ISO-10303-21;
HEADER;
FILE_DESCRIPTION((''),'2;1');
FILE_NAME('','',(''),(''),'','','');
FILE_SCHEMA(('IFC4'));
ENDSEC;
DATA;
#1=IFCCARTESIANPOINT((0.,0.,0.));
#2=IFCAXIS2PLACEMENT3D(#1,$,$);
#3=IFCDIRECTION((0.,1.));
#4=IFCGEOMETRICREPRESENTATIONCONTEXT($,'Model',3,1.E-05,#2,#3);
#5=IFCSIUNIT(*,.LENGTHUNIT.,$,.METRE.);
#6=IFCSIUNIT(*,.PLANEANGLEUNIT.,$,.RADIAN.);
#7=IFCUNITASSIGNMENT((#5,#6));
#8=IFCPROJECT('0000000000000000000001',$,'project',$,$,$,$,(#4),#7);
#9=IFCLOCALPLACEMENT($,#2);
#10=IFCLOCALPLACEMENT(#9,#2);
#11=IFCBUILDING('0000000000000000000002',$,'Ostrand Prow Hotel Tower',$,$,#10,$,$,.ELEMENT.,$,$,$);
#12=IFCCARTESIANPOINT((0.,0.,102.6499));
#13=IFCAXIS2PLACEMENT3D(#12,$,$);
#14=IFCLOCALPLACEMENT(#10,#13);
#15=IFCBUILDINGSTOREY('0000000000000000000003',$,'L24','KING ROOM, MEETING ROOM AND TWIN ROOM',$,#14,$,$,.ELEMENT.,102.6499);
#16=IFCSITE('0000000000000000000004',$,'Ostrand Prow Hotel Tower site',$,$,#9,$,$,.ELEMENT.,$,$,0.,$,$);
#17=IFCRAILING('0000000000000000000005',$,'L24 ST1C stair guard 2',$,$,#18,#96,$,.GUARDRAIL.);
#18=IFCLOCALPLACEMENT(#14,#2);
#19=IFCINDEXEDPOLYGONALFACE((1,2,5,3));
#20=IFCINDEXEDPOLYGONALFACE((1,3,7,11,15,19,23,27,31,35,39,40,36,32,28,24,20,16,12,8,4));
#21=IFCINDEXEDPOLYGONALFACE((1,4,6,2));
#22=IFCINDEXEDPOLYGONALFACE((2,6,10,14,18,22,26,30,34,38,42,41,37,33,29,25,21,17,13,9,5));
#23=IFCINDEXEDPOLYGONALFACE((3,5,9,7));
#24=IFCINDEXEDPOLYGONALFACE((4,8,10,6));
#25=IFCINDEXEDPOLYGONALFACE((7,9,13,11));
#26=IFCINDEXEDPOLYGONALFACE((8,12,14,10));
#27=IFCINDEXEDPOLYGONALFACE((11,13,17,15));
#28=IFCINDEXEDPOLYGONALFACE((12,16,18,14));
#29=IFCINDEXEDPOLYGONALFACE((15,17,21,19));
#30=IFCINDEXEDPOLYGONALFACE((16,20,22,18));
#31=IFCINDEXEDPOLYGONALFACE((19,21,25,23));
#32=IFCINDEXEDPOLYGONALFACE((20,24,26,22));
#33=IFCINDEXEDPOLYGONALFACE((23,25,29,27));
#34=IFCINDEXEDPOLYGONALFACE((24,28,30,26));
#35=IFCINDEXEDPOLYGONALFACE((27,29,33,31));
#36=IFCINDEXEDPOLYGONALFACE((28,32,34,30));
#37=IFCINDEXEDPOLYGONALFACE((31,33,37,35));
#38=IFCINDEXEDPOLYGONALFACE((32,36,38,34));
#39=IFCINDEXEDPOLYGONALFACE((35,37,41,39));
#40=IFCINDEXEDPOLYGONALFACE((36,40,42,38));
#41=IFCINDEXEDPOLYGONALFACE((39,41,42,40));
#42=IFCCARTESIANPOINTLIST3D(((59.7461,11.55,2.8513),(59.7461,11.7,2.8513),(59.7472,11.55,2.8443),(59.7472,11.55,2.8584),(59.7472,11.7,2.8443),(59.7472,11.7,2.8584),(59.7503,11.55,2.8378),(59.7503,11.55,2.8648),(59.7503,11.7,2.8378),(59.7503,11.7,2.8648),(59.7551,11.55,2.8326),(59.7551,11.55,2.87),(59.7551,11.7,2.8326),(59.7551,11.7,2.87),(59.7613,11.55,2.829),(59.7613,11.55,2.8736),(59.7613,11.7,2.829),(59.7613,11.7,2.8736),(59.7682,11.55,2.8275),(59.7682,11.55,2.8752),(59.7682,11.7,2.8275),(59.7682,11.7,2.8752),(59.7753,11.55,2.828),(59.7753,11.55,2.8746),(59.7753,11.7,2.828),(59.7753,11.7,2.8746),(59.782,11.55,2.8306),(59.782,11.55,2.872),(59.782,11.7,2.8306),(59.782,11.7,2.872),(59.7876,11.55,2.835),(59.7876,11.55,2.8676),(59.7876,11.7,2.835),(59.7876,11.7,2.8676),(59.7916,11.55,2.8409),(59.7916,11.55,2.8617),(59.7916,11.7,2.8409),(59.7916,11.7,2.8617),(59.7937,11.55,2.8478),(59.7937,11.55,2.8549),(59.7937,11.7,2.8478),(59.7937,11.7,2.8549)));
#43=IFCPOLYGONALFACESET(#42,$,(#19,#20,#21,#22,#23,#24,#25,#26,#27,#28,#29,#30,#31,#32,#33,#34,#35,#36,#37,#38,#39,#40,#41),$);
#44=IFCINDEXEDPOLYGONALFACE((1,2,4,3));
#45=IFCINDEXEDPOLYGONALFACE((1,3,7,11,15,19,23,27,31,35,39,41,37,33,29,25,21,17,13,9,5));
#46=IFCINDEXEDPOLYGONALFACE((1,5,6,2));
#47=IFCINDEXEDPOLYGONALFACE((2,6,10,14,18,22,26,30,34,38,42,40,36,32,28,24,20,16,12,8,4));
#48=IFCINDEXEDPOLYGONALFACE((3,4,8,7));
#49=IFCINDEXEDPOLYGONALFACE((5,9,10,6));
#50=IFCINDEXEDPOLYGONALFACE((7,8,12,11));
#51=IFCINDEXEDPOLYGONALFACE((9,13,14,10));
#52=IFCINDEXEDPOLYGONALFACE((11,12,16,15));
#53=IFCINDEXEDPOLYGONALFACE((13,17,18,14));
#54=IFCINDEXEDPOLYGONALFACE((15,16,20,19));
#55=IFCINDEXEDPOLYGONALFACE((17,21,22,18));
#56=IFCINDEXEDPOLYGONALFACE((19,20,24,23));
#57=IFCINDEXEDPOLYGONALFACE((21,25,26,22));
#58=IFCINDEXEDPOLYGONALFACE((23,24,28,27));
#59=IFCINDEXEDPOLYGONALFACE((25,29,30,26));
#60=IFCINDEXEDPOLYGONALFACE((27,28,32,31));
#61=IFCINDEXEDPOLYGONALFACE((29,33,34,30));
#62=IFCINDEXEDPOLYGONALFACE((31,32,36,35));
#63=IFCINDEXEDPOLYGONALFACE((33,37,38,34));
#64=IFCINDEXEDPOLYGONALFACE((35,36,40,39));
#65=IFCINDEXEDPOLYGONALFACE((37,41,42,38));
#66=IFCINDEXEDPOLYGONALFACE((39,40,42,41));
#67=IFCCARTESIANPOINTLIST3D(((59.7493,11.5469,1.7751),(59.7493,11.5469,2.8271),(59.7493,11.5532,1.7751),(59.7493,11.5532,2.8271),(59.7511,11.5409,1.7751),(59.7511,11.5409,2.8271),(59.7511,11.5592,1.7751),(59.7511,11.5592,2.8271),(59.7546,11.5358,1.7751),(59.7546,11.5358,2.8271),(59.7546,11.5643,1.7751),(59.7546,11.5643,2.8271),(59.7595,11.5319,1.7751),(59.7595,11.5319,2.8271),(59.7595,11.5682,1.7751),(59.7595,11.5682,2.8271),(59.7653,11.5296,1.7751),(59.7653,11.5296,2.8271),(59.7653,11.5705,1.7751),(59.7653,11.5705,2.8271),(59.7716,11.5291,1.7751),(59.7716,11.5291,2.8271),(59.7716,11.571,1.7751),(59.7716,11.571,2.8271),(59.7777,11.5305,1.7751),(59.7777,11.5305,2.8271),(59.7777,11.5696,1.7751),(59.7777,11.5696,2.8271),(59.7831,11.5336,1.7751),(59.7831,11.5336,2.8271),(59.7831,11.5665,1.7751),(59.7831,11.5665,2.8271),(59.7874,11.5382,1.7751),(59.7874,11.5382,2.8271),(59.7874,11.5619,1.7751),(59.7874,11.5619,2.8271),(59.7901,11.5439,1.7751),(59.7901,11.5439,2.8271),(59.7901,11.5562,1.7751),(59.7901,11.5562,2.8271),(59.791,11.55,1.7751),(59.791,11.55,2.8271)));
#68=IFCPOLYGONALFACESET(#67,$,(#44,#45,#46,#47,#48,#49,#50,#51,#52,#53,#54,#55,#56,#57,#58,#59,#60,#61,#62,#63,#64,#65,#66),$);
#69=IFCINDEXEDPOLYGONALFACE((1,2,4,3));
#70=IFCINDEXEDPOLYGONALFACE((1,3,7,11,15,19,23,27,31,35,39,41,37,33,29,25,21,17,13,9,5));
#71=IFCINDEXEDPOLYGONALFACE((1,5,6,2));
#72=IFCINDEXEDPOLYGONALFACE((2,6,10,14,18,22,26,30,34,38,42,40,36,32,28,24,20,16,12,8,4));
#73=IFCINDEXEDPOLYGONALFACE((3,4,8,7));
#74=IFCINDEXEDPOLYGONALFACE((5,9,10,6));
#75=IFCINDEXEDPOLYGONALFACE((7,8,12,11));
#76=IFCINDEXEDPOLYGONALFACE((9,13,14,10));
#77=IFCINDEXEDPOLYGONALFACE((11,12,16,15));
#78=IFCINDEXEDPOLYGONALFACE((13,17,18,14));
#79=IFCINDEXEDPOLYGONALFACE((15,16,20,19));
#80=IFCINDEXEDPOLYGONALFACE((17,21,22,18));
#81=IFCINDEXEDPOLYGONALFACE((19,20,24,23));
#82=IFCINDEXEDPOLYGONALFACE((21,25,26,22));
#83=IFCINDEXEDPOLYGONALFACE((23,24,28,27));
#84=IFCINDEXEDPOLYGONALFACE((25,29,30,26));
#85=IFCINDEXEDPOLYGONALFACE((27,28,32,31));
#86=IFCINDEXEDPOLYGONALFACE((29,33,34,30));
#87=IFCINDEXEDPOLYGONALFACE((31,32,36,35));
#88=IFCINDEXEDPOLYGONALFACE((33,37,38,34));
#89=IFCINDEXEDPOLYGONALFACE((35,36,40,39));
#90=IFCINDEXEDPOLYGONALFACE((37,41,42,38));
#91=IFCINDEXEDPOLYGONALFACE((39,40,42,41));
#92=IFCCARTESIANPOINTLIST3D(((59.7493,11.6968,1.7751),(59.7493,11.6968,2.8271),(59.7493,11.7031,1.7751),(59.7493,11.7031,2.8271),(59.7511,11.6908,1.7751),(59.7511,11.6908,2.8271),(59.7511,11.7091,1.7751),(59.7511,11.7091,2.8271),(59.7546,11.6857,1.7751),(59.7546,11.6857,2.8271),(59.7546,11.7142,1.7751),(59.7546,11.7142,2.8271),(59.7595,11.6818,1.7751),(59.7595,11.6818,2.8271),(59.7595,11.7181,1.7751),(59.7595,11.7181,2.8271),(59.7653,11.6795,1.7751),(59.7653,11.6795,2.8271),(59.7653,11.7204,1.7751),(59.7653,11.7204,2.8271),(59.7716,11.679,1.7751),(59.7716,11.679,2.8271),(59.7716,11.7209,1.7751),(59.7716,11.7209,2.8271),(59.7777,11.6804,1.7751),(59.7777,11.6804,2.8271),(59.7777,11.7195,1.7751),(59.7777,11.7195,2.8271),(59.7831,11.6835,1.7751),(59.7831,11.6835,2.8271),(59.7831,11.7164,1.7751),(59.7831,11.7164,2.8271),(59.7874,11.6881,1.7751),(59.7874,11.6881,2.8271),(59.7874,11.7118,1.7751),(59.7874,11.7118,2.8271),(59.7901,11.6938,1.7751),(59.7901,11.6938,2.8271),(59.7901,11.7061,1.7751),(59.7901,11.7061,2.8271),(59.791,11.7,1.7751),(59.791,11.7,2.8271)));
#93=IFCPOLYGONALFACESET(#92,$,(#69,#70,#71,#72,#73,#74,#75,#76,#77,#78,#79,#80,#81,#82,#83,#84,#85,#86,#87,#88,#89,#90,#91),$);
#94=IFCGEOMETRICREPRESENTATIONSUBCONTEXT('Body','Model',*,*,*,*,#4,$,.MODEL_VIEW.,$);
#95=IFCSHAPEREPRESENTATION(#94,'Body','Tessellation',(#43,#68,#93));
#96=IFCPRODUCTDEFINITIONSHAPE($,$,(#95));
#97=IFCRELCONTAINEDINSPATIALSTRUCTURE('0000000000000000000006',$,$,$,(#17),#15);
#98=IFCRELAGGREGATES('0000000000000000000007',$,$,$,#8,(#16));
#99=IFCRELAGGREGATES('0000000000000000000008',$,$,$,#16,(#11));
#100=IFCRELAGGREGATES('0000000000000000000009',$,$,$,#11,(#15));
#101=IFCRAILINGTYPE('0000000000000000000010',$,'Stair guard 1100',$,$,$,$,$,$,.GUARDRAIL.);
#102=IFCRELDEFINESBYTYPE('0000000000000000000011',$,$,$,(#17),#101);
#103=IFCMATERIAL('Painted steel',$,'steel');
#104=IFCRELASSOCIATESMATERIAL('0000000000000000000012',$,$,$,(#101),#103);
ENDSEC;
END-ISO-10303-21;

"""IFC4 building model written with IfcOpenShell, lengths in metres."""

from ifc_helpers import new_model, si_unit, direction, frame, origin, origin_2d, place, context, subcontext, project, spatial, circle, extrude, material, type_object, element, save


model = new_model("IFC4")

# Units and contexts
model_context = context("Model", 3, precision=1e-05, world=origin(), true_north=direction((0.0, 1.0)))
body_context = subcontext(model_context, "Body", "Model", "MODEL_VIEW")
ifc_project = project(units=[si_unit("LENGTHUNIT", "METRE"), si_unit("PLANEANGLEUNIT", "RADIAN")], contexts=[model_context])

# Site, building, storey
site_placement = place(None, origin())
site = spatial("IfcSite", under=ifc_project, at=site_placement, Name="Ostrand Prow Hotel Tower site", CompositionType="ELEMENT", RefElevation=0.0)
building_placement = place(site_placement, origin())
building = spatial("IfcBuilding", under=site, at=building_placement, Name="Ostrand Prow Hotel Tower", CompositionType="ELEMENT")
storey_placement = place(building_placement, frame((0.0, 0.0, 102.6499)))
storey = spatial("IfcBuildingStorey", under=building, at=storey_placement, Name="L24", Description="KING ROOM, MEETING ROOM AND TWIN ROOM", CompositionType="ELEMENT", Elevation=102.6499)

# Railing
ifc_material_1 = material(Name="Painted steel", Category="steel")
railing_type_1 = type_object("IfcRailingType", Name="Stair guard 1100", PredefinedType="GUARDRAIL", material=ifc_material_1)
railing_1_placement = place(storey_placement, frame((59.77, 11.55, 1.7751)))
element("IfcRailing", 1, at=railing_1_placement, inside=storey, type_object=railing_type_1, Name="L24 ST1C stair guard 2", PredefinedType="GUARDRAIL", context=body_context, shape_type="SweptSolid", body=[
    extrude(circle(Radius=0.0239, at=origin_2d()), frame((0.0, 0.0, 1.0762), z_axis=(0.0, 1.0, 0.0), x_axis=(-1.0, 0.0, 0.0)), (0.0, 0.0, 1.0), 0.1499),
    extrude(circle(Radius=0.021, at=origin_2d()), origin(), (0.0, 0.0, 1.0), 1.052),
    extrude(circle(Radius=0.021, at=origin_2d()), frame((0.0, 0.1499, 0.0)), (0.0, 0.0, 1.0), 1.052),
])

save(model, "model.ifc")
